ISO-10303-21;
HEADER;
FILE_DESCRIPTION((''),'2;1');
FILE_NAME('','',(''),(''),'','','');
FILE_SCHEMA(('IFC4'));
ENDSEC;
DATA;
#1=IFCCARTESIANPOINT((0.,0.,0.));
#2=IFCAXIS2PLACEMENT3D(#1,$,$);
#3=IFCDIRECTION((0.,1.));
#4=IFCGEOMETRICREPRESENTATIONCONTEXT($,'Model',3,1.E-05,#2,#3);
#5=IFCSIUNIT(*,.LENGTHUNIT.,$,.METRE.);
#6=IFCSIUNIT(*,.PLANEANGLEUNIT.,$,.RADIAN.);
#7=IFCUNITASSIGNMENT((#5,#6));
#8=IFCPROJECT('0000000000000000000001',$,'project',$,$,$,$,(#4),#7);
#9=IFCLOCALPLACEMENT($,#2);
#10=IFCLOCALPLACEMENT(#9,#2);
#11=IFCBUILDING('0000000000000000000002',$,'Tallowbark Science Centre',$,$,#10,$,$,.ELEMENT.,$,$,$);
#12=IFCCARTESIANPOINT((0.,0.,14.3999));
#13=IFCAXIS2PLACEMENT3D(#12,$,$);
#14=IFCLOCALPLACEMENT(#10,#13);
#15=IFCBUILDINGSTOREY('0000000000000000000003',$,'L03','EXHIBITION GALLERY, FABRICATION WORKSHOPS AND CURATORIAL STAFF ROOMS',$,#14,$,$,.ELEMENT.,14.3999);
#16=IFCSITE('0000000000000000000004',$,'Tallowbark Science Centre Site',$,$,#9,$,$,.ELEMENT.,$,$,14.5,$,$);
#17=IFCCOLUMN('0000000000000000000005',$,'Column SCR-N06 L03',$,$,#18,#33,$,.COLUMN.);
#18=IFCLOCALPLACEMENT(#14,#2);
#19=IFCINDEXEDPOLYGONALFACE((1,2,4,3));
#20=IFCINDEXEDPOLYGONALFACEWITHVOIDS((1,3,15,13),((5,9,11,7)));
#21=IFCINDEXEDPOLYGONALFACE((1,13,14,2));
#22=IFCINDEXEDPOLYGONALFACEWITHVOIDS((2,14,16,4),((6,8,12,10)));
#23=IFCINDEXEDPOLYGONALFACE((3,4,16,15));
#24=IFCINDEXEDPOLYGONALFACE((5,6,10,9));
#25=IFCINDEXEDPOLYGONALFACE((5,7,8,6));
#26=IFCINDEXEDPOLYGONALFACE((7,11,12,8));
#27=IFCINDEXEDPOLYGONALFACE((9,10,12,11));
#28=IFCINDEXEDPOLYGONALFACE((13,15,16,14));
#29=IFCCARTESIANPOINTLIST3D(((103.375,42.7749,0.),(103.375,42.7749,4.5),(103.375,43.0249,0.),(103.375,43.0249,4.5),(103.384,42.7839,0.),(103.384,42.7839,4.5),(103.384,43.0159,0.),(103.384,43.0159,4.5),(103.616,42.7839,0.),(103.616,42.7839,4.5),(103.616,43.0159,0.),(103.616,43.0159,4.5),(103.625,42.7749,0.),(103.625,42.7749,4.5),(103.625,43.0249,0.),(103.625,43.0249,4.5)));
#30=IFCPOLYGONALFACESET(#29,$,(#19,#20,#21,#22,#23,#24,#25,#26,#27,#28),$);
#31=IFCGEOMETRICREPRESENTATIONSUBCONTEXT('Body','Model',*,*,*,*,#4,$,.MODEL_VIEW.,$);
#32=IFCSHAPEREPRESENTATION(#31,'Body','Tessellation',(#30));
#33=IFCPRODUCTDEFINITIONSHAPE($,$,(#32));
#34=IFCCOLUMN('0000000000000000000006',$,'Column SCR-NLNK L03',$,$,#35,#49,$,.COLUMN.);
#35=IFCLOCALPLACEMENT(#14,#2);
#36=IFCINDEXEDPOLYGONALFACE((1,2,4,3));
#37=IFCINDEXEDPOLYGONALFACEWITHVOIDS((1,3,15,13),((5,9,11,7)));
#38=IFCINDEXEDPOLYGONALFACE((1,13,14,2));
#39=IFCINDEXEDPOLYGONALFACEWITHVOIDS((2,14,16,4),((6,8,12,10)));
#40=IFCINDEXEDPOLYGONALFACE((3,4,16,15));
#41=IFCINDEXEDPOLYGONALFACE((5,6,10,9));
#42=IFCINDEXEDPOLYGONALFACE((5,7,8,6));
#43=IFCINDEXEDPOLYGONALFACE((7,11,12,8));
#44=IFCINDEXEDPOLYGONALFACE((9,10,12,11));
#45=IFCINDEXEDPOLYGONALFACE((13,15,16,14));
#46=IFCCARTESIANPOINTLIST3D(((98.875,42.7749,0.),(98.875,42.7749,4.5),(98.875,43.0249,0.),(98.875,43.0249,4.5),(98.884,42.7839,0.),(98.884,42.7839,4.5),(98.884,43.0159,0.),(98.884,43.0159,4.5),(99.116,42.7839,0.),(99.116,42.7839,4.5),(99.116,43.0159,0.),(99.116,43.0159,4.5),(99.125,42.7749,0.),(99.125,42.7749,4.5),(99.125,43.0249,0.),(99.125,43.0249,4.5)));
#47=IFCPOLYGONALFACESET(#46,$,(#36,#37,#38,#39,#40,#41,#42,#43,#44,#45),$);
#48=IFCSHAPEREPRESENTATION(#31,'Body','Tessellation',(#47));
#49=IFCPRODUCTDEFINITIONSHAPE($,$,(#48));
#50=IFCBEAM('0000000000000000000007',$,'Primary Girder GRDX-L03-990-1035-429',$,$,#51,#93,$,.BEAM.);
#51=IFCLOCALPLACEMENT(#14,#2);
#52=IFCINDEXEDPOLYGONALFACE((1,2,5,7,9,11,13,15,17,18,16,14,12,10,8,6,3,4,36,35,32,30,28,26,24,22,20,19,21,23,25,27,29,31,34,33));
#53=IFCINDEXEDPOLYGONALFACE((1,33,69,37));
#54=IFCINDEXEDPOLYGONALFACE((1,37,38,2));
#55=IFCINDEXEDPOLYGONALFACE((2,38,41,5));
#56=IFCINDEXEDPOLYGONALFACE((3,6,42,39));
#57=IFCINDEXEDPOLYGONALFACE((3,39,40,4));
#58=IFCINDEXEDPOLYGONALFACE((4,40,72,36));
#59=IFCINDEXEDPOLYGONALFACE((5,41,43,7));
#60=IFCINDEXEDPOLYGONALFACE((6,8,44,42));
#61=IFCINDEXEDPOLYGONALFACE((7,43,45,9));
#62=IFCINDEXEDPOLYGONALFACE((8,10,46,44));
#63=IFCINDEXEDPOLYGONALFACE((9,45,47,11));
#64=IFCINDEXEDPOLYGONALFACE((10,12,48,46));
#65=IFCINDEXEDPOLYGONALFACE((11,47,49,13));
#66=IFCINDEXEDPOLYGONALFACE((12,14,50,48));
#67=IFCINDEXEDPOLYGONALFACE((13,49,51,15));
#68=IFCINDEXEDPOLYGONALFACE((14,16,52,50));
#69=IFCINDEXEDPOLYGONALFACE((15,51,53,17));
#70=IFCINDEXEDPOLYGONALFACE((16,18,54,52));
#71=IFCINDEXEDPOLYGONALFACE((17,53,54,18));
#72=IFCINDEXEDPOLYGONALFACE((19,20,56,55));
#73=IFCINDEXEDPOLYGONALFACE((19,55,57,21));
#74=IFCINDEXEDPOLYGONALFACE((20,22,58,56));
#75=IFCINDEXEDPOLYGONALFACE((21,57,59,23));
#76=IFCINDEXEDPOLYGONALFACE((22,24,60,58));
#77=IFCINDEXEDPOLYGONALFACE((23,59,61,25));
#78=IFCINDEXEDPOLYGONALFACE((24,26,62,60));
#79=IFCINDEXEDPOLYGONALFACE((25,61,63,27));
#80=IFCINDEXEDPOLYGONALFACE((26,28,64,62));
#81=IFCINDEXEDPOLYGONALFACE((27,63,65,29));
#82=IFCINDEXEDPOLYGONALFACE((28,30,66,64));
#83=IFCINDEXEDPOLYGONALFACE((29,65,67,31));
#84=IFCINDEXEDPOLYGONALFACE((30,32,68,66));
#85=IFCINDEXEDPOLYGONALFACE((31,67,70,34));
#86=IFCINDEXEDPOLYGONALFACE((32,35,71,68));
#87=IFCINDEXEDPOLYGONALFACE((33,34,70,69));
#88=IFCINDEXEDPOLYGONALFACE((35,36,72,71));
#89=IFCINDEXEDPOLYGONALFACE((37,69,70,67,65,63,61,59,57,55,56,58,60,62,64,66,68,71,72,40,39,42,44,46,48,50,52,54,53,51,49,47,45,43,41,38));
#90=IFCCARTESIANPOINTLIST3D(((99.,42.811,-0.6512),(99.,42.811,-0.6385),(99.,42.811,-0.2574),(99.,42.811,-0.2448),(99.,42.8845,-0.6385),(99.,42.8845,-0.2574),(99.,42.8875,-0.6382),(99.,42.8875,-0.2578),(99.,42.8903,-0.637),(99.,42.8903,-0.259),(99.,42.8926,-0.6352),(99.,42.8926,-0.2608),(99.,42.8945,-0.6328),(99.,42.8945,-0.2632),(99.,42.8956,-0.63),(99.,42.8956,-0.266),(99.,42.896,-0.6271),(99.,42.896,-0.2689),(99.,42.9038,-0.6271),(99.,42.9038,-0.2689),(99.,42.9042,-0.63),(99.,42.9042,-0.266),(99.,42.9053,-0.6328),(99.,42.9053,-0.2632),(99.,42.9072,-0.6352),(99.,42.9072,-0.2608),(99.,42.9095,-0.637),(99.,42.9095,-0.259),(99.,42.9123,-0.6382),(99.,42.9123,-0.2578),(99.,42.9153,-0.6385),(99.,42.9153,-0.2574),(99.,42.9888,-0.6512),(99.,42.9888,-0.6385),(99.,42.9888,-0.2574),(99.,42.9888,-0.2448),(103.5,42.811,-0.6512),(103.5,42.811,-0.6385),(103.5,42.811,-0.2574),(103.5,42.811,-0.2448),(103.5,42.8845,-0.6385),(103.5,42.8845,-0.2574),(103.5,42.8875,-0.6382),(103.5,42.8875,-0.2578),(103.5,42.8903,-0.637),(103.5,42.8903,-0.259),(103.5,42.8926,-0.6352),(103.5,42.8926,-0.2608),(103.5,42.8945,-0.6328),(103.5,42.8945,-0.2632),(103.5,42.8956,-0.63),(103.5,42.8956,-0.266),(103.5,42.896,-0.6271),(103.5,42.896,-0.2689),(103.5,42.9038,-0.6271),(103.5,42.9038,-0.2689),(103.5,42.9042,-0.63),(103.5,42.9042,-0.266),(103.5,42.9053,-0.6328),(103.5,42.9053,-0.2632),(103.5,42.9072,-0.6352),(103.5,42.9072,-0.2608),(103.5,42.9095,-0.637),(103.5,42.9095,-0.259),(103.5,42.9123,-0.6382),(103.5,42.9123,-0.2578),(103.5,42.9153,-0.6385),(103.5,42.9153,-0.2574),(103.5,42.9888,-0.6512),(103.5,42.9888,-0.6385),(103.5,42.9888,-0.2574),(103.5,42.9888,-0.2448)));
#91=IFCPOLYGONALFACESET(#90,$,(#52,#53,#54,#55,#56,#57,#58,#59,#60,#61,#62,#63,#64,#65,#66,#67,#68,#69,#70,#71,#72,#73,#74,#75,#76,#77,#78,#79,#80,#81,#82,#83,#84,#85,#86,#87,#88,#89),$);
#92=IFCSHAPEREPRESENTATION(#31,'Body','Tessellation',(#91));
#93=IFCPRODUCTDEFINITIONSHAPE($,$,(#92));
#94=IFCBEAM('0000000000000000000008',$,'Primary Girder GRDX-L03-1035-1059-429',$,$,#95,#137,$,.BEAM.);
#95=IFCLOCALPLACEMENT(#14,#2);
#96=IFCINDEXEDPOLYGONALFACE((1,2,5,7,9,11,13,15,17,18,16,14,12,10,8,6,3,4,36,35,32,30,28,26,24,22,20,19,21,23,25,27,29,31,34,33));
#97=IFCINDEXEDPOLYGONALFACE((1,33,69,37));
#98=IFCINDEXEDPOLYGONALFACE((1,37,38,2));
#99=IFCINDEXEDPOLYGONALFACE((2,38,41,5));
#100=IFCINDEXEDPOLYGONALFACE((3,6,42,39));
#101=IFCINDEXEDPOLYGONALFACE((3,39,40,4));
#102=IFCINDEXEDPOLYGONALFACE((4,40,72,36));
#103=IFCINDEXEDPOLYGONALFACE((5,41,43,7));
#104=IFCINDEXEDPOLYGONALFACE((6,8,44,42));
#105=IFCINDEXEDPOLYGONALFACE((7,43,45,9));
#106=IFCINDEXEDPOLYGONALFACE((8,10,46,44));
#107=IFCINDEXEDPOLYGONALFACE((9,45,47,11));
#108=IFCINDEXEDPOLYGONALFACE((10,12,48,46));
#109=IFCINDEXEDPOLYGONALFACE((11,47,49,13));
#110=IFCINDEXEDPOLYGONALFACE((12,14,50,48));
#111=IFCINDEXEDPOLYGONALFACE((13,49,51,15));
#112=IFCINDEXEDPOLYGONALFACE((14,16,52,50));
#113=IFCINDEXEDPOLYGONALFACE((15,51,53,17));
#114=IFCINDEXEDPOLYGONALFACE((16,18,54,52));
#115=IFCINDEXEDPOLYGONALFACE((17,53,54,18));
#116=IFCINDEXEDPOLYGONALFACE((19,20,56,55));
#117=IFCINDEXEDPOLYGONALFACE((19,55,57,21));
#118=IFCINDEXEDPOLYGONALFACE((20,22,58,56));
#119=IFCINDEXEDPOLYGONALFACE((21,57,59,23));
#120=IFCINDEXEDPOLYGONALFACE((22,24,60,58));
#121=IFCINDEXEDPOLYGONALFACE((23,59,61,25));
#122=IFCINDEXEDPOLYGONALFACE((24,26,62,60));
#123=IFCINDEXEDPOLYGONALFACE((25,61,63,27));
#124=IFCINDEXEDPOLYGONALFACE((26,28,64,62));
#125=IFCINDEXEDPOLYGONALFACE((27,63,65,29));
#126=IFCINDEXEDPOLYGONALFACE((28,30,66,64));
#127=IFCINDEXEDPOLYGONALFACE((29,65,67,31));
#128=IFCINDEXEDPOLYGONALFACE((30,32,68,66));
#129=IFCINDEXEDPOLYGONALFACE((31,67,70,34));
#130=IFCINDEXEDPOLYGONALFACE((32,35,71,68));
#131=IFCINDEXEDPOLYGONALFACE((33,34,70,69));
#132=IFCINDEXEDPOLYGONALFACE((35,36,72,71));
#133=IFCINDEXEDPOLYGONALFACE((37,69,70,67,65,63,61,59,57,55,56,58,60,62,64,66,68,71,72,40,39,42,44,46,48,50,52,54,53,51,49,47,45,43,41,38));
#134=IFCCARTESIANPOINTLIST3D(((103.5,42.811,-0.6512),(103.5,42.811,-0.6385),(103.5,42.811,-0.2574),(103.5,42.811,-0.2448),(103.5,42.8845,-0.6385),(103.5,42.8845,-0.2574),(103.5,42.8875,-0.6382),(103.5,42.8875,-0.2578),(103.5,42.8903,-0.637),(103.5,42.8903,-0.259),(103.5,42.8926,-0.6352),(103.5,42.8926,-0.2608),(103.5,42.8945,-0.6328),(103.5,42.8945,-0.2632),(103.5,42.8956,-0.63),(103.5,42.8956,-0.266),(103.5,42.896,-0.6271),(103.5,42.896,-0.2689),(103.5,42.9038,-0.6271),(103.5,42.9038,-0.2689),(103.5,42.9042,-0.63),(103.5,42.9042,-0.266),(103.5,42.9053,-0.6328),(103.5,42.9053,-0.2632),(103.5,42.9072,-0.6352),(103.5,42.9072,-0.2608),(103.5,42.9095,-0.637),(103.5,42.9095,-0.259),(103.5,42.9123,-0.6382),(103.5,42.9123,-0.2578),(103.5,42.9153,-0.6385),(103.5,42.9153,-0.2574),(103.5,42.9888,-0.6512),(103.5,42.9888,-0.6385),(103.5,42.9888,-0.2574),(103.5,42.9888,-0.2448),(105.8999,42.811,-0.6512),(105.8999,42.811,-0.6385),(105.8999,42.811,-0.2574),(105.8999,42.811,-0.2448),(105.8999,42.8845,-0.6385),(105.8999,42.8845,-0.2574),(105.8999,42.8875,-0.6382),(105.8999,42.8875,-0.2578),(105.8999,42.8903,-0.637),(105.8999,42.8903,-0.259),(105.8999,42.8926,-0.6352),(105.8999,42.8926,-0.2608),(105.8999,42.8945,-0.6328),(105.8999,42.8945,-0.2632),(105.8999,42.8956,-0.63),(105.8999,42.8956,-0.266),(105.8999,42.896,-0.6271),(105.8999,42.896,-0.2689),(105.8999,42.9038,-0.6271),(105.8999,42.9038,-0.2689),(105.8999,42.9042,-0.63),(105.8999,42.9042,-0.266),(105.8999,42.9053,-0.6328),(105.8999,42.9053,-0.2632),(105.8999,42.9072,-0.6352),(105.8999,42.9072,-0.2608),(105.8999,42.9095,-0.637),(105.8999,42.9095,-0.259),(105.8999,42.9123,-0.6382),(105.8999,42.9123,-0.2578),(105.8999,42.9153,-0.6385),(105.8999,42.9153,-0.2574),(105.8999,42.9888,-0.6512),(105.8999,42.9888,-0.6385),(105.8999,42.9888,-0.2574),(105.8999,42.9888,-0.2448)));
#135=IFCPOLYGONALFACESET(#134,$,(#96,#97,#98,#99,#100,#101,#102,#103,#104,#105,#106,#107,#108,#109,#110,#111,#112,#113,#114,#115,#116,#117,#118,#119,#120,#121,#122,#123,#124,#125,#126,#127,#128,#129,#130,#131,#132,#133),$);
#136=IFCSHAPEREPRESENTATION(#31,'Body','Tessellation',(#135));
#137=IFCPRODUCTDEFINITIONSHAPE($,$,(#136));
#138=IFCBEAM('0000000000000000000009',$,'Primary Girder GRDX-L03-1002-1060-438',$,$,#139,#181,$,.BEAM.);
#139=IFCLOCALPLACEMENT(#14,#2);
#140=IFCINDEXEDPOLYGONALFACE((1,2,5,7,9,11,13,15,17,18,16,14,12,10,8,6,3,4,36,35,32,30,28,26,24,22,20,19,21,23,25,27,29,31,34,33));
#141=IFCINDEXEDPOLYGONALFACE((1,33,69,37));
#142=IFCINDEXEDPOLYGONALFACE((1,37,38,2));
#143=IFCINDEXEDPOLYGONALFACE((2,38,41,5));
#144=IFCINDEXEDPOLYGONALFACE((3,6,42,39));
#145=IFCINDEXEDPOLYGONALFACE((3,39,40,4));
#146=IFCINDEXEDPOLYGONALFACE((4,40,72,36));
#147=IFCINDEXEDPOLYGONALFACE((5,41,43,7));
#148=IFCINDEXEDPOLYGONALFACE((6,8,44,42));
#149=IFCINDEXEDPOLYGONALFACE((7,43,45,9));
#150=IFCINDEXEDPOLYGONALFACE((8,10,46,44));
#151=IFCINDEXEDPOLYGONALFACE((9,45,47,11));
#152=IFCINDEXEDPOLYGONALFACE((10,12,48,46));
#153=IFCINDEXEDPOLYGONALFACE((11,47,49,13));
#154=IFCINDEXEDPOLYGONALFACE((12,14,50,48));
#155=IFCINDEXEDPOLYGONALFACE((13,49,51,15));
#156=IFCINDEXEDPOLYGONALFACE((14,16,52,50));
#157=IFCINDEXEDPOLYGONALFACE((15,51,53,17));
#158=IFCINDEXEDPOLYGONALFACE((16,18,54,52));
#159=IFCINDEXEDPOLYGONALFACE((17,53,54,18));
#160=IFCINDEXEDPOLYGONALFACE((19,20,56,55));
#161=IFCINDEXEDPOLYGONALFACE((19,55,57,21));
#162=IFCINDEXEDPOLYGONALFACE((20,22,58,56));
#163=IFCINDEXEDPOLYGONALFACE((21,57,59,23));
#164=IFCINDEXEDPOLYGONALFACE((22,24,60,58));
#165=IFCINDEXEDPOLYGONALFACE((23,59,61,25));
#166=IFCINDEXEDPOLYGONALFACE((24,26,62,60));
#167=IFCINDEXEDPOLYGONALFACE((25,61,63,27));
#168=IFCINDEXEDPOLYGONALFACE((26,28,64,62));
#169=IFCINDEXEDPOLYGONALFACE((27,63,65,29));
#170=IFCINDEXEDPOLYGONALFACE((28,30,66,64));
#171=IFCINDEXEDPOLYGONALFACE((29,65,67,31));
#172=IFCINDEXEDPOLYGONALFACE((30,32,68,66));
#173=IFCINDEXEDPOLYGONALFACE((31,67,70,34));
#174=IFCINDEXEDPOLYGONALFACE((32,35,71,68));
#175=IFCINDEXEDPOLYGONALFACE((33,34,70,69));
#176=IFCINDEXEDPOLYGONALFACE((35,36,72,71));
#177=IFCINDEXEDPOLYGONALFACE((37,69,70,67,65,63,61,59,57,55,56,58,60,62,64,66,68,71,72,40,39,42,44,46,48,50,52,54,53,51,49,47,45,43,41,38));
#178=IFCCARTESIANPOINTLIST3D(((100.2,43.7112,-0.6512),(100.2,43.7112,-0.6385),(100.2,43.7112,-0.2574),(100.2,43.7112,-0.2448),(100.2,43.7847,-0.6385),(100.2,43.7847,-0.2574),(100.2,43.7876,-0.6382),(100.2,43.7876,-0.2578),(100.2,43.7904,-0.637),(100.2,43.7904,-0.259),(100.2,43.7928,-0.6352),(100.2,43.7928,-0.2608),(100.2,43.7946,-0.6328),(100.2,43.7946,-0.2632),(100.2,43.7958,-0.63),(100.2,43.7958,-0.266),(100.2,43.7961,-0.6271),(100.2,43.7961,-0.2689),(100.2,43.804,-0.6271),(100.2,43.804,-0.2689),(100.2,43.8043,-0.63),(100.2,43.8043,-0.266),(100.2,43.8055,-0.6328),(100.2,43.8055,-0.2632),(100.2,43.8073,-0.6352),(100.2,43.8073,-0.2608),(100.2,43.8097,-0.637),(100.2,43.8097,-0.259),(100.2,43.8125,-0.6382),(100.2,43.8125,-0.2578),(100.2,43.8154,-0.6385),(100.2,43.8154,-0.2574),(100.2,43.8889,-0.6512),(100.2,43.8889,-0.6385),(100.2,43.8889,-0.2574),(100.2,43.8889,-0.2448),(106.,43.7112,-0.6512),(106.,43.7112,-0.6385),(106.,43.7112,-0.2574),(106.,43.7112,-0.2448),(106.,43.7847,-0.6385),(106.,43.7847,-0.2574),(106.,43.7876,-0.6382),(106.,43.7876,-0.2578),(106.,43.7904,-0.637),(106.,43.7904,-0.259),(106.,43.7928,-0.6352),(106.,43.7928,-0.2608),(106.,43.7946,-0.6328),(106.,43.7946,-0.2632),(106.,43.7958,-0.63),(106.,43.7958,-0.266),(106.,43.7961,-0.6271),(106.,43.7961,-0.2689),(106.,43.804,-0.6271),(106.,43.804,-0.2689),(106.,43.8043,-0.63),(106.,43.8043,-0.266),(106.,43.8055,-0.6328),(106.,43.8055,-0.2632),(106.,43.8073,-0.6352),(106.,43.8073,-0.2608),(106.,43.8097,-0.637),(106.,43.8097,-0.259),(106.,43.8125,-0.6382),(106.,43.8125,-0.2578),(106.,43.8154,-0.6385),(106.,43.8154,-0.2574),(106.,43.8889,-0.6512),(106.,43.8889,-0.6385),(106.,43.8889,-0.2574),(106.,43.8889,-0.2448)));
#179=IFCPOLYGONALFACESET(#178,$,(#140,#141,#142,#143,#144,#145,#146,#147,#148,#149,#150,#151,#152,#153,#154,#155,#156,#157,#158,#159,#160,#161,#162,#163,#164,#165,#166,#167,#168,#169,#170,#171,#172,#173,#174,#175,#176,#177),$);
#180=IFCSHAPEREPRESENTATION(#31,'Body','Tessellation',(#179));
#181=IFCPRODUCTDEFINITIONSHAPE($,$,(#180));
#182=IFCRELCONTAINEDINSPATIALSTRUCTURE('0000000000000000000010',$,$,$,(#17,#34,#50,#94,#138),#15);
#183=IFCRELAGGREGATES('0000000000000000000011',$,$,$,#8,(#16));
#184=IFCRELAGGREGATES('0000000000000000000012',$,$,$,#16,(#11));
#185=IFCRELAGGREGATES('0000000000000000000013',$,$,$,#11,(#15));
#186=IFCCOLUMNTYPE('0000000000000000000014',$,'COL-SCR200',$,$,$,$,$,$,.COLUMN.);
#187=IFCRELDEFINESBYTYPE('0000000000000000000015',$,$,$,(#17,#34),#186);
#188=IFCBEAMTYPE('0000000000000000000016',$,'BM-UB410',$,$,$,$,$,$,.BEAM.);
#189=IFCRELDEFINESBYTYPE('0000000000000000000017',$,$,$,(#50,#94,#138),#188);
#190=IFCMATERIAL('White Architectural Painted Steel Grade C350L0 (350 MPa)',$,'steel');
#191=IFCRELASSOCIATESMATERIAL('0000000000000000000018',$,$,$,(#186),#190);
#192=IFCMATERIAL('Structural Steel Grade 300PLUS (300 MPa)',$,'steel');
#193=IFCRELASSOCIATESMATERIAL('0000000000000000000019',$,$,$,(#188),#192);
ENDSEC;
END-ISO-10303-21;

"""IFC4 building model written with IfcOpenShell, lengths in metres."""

from ifc_helpers import new_model, si_unit, direction, frame, origin, origin_2d, place, context, subcontext, project, spatial, hollow_rectangle, i_section, extrude, material, material_profile, profile_set, type_object, element, save


model = new_model("IFC4")

# Units and contexts
model_context = context("Model", 3, precision=1e-05, world=origin(), true_north=direction((0.0, 1.0)))
body_context = subcontext(model_context, "Body", "Model", "MODEL_VIEW")
ifc_project = project(units=[si_unit("LENGTHUNIT", "METRE"), si_unit("PLANEANGLEUNIT", "RADIAN")], contexts=[model_context])

# Site, building, storey
site_placement = place(None, origin())
site = spatial("IfcSite", under=ifc_project, at=site_placement, Name="Tallowbark Science Centre Site", CompositionType="ELEMENT", RefElevation=14.5)
building_placement = place(site_placement, origin())
building = spatial("IfcBuilding", under=site, at=building_placement, Name="Tallowbark Science Centre", CompositionType="ELEMENT")
storey_placement = place(building_placement, frame((0.0, 0.0, 14.3999)))
storey = spatial("IfcBuildingStorey", under=building, at=storey_placement, Name="L03", Description="EXHIBITION GALLERY, FABRICATION WORKSHOPS AND CURATORIAL STAFF ROOMS", CompositionType="ELEMENT", Elevation=14.3999)

# Columns
ifc_material_1 = material(Name="White Architectural Painted Steel Grade C350L0 (350 MPa)", Category="steel")
ifc_material_profile_1 = material_profile(ifc_material_1, hollow_rectangle(XDim=0.25, YDim=0.25, WallThickness=0.009, at=origin_2d()), Name="250x250x9.0SHS")
ifc_profile_set_1 = profile_set([ifc_material_profile_1], Name="White Architectural Painted Steel Grade C350L0 (350 MPa)")
column_type = type_object("IfcColumnType", Name="COL-SCR200", PredefinedType="COLUMN", material=ifc_profile_set_1)
for number, where, z_axis, x_axis, name in (
    (1, (103.5, 42.8999, 0.0), (0.0, 0.0, 1.0), (1.0, 0.0, 0.0), "Column SCR-N06 L03"),
    (2, (99.0, 42.8999, 0.0), (0.0, 0.0, 1.0), (1.0, 0.0, 0.0), "Column SCR-NLNK L03"),
):
    element("IfcColumn", number, at=place(storey_placement, frame(where, z_axis=z_axis, x_axis=x_axis)), inside=storey, type_object=column_type, Name=name, PredefinedType="COLUMN", context=body_context, shape_type="SweptSolid", body=[
        extrude(hollow_rectangle(XDim=0.25, YDim=0.25, WallThickness=0.009, at=origin_2d()), origin(), (0.0, 0.0, 1.0), 4.5),
    ])

# Beams
ifc_material_2 = material(Name="Structural Steel Grade 300PLUS (300 MPa)", Category="steel")
ifc_material_profile_2 = material_profile(ifc_material_2, i_section(OverallWidth=0.1777, OverallDepth=0.4065, WebThickness=0.0078, FlangeThickness=0.0127, FilletRadius=0.0115, at=origin_2d()), Name="410UB59.7")
ifc_profile_set_2 = profile_set([ifc_material_profile_2], Name="Structural Steel Grade 300PLUS (300 MPa)")
beam_type = type_object("IfcBeamType", Name="BM-UB410", PredefinedType="BEAM", material=ifc_profile_set_2)
beam_1_placement = place(storey_placement, frame((99.0, 42.8999, -0.448), z_axis=(1.0, 0.0, 0.0), x_axis=(0.0, 1.0, 0.0)))
element("IfcBeam", 3, at=beam_1_placement, inside=storey, type_object=beam_type, Name="Primary Girder GRDX-L03-990-1035-429", PredefinedType="BEAM", context=body_context, shape_type="SweptSolid", body=[
    extrude(i_section(OverallWidth=0.1777, OverallDepth=0.4065, WebThickness=0.0078, FlangeThickness=0.0127, FilletRadius=0.0115, at=origin_2d()), origin(), (0.0, 0.0, 1.0), 4.5),
])
beam_2_placement = place(storey_placement, frame((103.5, 42.8999, -0.448), z_axis=(1.0, 0.0, 0.0), x_axis=(0.0, 1.0, 0.0)))
element("IfcBeam", 4, at=beam_2_placement, inside=storey, type_object=beam_type, Name="Primary Girder GRDX-L03-1035-1059-429", PredefinedType="BEAM", context=body_context, shape_type="SweptSolid", body=[
    extrude(i_section(OverallWidth=0.1777, OverallDepth=0.4065, WebThickness=0.0078, FlangeThickness=0.0127, FilletRadius=0.0115, at=origin_2d()), origin(), (0.0, 0.0, 1.0), 2.3999),
])
for number, where, z_axis, x_axis, name in (
    (5, (100.2, 43.8, -0.448), (1.0, 0.0, 0.0), (0.0, 1.0, 0.0), "Primary Girder GRDX-L03-1002-1060-438"),
):
    element("IfcBeam", number, at=place(storey_placement, frame(where, z_axis=z_axis, x_axis=x_axis)), inside=storey, type_object=beam_type, Name=name, PredefinedType="BEAM", context=body_context, shape_type="SweptSolid", body=[
        extrude(i_section(OverallWidth=0.1777, OverallDepth=0.4065, WebThickness=0.0078, FlangeThickness=0.0127, FilletRadius=0.0115, at=origin_2d()), origin(), (0.0, 0.0, 1.0), 5.8),
    ])

save(model, "model.ifc")
